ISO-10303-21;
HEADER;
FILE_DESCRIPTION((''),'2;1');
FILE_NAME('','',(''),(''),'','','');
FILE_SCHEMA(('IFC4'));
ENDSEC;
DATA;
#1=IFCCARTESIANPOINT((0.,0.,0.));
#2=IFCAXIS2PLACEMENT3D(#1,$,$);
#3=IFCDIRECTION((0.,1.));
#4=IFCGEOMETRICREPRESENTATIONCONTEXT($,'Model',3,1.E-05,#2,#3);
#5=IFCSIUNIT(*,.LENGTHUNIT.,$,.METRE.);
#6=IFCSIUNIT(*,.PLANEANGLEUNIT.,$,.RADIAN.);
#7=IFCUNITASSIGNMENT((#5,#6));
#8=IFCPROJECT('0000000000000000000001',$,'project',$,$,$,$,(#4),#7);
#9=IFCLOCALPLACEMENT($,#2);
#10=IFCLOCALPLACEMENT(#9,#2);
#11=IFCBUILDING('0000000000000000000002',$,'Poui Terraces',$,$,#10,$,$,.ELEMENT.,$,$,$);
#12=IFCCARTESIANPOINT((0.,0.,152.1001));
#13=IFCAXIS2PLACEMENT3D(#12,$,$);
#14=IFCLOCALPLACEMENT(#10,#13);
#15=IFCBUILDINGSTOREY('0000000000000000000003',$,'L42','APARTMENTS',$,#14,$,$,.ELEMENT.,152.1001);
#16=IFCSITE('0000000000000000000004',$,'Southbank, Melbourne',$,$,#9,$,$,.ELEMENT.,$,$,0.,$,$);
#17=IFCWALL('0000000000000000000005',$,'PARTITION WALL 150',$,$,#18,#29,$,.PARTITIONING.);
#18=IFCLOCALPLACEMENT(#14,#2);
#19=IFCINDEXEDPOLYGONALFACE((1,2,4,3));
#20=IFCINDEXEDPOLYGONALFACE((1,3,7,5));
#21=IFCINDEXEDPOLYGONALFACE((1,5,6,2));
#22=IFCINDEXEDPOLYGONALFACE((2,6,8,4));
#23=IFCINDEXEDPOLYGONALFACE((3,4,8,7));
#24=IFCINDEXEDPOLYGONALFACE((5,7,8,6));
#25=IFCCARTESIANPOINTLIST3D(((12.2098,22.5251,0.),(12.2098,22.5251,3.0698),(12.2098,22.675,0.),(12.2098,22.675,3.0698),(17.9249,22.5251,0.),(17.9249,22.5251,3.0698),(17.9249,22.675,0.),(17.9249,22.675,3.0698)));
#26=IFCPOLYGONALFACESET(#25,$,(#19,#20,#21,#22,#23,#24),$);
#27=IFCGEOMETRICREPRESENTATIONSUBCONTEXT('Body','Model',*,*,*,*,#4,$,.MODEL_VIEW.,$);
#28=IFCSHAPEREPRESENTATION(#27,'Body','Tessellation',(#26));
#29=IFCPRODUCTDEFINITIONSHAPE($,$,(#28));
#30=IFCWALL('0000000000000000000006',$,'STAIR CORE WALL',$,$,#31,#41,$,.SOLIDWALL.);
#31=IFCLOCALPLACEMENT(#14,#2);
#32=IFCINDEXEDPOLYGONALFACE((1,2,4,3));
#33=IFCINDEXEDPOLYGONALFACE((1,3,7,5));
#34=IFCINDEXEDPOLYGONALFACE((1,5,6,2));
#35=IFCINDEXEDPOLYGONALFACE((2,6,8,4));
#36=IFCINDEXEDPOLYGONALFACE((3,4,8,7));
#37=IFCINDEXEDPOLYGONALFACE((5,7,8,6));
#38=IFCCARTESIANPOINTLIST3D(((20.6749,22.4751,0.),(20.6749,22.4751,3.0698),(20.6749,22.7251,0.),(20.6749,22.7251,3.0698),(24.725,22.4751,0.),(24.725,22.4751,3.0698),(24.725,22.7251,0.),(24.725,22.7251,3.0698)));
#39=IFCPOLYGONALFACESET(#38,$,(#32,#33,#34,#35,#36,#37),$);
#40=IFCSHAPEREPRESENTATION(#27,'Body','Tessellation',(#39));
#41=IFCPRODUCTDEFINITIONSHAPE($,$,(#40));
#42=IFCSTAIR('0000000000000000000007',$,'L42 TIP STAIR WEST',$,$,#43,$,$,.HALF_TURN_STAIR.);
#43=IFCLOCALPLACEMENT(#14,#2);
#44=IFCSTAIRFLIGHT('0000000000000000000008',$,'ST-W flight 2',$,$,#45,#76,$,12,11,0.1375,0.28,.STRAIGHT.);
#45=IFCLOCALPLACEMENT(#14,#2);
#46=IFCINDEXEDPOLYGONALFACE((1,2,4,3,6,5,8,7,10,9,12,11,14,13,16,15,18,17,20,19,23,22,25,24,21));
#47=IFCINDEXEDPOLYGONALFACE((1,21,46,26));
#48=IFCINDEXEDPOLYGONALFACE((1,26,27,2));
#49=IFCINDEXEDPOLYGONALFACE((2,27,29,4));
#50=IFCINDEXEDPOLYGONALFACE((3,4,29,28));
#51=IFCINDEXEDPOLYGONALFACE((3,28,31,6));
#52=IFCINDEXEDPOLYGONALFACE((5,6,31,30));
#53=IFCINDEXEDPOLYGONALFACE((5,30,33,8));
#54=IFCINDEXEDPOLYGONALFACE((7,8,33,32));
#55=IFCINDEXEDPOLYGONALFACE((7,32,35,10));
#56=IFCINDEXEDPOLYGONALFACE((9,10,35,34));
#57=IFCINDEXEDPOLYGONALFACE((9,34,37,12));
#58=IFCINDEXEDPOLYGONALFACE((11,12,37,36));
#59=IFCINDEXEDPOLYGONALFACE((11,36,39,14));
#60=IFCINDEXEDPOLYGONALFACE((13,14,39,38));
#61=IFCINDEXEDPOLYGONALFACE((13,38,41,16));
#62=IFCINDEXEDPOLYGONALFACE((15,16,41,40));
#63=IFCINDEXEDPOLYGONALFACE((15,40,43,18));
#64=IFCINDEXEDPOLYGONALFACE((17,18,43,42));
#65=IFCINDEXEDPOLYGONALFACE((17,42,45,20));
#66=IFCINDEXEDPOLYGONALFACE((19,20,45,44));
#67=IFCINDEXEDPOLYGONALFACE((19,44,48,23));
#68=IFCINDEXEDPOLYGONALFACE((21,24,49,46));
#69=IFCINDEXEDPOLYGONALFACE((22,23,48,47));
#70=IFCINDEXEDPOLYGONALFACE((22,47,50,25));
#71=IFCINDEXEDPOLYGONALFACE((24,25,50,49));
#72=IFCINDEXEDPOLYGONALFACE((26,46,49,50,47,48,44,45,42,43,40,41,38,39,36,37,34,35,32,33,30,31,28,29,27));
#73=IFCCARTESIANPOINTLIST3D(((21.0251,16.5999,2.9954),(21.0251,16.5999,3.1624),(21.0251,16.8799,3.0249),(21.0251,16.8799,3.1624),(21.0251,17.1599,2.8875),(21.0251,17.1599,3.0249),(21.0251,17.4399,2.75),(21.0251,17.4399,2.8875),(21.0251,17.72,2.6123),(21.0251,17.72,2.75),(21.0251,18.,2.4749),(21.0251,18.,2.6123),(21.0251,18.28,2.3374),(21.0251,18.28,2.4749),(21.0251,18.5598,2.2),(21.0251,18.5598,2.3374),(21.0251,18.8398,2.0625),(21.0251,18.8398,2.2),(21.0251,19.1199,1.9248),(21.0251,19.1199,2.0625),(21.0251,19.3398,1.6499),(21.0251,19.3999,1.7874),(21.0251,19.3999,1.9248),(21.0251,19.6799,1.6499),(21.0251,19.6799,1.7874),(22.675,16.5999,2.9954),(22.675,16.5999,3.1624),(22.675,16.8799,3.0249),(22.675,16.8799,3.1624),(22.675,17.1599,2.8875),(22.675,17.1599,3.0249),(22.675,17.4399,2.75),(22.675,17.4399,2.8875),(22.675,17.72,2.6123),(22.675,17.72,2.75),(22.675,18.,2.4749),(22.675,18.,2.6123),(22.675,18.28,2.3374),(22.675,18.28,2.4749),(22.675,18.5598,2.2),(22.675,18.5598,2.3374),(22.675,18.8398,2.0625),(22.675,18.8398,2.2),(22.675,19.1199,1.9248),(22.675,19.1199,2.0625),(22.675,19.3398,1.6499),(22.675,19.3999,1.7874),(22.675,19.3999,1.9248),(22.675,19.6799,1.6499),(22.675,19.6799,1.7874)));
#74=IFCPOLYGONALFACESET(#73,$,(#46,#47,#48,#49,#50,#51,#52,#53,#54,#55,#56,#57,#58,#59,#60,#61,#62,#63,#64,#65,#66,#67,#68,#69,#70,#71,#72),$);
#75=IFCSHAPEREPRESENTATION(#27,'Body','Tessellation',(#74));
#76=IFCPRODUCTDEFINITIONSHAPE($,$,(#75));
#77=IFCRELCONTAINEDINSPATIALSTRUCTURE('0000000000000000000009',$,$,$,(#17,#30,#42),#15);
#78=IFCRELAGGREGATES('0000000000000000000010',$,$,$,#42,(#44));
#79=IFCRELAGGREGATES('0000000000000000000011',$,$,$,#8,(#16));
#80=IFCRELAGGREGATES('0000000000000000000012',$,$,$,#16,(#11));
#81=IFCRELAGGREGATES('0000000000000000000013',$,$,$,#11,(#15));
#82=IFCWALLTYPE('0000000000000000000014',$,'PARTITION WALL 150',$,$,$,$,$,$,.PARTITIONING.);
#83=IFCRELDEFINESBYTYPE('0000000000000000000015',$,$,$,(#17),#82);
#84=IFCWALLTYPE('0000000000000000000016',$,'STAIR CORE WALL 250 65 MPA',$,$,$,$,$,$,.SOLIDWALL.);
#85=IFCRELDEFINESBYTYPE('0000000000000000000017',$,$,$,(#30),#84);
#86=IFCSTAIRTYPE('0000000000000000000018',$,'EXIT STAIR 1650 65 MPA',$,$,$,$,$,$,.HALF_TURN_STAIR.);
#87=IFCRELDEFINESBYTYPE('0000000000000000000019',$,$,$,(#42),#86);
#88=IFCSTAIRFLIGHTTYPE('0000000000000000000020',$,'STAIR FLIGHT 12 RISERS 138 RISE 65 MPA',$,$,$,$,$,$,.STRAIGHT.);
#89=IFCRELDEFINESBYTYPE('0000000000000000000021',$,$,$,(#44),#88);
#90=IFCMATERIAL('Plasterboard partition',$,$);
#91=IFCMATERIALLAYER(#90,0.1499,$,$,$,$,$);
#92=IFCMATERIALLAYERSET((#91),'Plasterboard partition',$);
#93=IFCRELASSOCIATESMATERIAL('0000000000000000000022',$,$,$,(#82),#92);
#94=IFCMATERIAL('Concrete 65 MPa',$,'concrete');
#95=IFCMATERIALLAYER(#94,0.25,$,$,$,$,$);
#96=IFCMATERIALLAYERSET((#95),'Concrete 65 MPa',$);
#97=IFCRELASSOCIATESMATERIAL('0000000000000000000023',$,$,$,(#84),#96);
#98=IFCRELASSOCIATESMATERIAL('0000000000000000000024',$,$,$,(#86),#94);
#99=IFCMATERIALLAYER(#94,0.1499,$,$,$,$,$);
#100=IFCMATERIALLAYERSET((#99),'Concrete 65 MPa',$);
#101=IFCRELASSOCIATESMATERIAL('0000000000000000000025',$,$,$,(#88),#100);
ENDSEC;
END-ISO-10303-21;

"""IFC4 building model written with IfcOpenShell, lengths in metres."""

from ifc_helpers import new_model, si_unit, direction, frame, frame_2d, origin, place, context, subcontext, project, spatial, polyline, rectangle, outline, extrude, material, layer, layer_set, type_object, element, aggregate, save


model = new_model("IFC4")

# Units and contexts
model_context = context("Model", 3, precision=1e-05, world=origin(), true_north=direction((0.0, 1.0)))
body_context = subcontext(model_context, "Body", "Model", "MODEL_VIEW")
ifc_project = project(units=[si_unit("LENGTHUNIT", "METRE"), si_unit("PLANEANGLEUNIT", "RADIAN")], contexts=[model_context])

# Site, building, storey
site_placement = place(None, origin())
site = spatial("IfcSite", under=ifc_project, at=site_placement, Name="Southbank, Melbourne", CompositionType="ELEMENT", RefElevation=0.0)
building_placement = place(site_placement, origin())
building = spatial("IfcBuilding", under=site, at=building_placement, Name="Poui Terraces", CompositionType="ELEMENT")
storey_placement = place(building_placement, frame((0.0, 0.0, 152.1001)))
storey = spatial("IfcBuildingStorey", under=building, at=storey_placement, Name="L42", Description="APARTMENTS", CompositionType="ELEMENT", Elevation=152.1001)

# Walls
ifc_material_1 = material(Name="Plasterboard partition")
ifc_layer_1 = layer(ifc_material_1, 0.1499)
ifc_layer_set_1 = layer_set([ifc_layer_1], Name="Plasterboard partition")
wall_type_1 = type_object("IfcWallType", Name="PARTITION WALL 150", PredefinedType="PARTITIONING", material=ifc_layer_set_1)
wall_1_placement = place(storey_placement, frame((12.21, 22.6001, 0.0), z_axis=(0.0, 0.0, 1.0), x_axis=(1.0, 0.0, 0.0)))
element("IfcWall", 1, at=wall_1_placement, inside=storey, type_object=wall_type_1, Name="PARTITION WALL 150", PredefinedType="PARTITIONING", context=body_context, shape_type="SweptSolid", body=[
    extrude(rectangle(XDim=5.7151, YDim=0.1499, at=frame_2d((2.8574, 0.0))), origin(), (0.0, 0.0, 1.0), 3.0698),
])
ifc_material_2 = material(Name="Concrete 65 MPa", Category="concrete")
ifc_layer_2 = layer(ifc_material_2, 0.25)
ifc_layer_set_2 = layer_set([ifc_layer_2], Name="Concrete 65 MPa")
wall_type_2 = type_object("IfcWallType", Name="STAIR CORE WALL 250 65 MPA", PredefinedType="SOLIDWALL", material=ifc_layer_set_2)
wall_2_placement = place(storey_placement, frame((20.675, 22.6001, 0.0), z_axis=(0.0, 0.0, 1.0), x_axis=(1.0, 0.0, 0.0)))
element("IfcWall", 2, at=wall_2_placement, inside=storey, type_object=wall_type_2, Name="STAIR CORE WALL", PredefinedType="SOLIDWALL", context=body_context, shape_type="SweptSolid", body=[
    extrude(rectangle(XDim=4.05, YDim=0.25, at=frame_2d((2.0249, 0.0))), origin(), (0.0, 0.0, 1.0), 3.0698),
])

# Stair, stair flight
stair_type = type_object("IfcStairType", Name="EXIT STAIR 1650 65 MPA", PredefinedType="HALF_TURN_STAIR", material=ifc_material_2)
stair_placement = place(storey_placement, origin())
stair = element("IfcStair", 3, at=stair_placement, inside=storey, type_object=stair_type, Name="L42 TIP STAIR WEST", PredefinedType="HALF_TURN_STAIR")
ifc_layer_3 = layer(ifc_material_2, 0.1499)
ifc_layer_set_3 = layer_set([ifc_layer_3], Name="Concrete 65 MPa")
stair_flight_type = type_object("IfcStairFlightType", Name="STAIR FLIGHT 12 RISERS 138 RISE 65 MPA", PredefinedType="STRAIGHT", material=ifc_layer_set_3)
stair_flight_placement = place(storey_placement, frame((21.8501, 19.6799, 1.6499), z_axis=(0.0, 0.0, 1.0), x_axis=(0.0, -1.0, 0.0)))
stair_flight = element("IfcStairFlight", 4, at=stair_flight_placement, type_object=stair_flight_type, Name="ST-W flight 2", NumberOfRisers=12, NumberOfTreads=11, PredefinedType="STRAIGHT", RiserHeight=0.1375, TreadLength=0.28, context=body_context, shape_type="SweptSolid", body=[
    extrude(outline(polyline([(0.0, 0.0), (0.0, 0.1375), (0.28, 0.1375), (0.28, 0.2749), (0.5601, 0.2749), (0.5601, 0.4126), (0.8401, 0.4126), (0.8401, 0.55), (1.1201, 0.55), (1.1201, 0.6875), (1.3999, 0.6875), (1.3999, 0.825), (1.6799, 0.825), (1.6799, 0.9624), (1.96, 0.9624), (1.96, 1.1001), (2.24, 1.1001), (2.24, 1.2375), (2.52, 1.2375), (2.52, 1.375), (2.8, 1.375), (2.8, 1.5125), (3.0801, 1.5125), (3.0801, 1.6499), (3.0801, 1.3455), (0.3401, 0.0), (0.0, 0.0)])), frame((0.0, 0.825, 0.0), z_axis=(0.0, -1.0, 0.0), x_axis=(1.0, 0.0, 0.0)), (0.0, 0.0, 1.0), 1.6499),
])
aggregate(stair, [stair_flight])

save(model, "model.ifc")
